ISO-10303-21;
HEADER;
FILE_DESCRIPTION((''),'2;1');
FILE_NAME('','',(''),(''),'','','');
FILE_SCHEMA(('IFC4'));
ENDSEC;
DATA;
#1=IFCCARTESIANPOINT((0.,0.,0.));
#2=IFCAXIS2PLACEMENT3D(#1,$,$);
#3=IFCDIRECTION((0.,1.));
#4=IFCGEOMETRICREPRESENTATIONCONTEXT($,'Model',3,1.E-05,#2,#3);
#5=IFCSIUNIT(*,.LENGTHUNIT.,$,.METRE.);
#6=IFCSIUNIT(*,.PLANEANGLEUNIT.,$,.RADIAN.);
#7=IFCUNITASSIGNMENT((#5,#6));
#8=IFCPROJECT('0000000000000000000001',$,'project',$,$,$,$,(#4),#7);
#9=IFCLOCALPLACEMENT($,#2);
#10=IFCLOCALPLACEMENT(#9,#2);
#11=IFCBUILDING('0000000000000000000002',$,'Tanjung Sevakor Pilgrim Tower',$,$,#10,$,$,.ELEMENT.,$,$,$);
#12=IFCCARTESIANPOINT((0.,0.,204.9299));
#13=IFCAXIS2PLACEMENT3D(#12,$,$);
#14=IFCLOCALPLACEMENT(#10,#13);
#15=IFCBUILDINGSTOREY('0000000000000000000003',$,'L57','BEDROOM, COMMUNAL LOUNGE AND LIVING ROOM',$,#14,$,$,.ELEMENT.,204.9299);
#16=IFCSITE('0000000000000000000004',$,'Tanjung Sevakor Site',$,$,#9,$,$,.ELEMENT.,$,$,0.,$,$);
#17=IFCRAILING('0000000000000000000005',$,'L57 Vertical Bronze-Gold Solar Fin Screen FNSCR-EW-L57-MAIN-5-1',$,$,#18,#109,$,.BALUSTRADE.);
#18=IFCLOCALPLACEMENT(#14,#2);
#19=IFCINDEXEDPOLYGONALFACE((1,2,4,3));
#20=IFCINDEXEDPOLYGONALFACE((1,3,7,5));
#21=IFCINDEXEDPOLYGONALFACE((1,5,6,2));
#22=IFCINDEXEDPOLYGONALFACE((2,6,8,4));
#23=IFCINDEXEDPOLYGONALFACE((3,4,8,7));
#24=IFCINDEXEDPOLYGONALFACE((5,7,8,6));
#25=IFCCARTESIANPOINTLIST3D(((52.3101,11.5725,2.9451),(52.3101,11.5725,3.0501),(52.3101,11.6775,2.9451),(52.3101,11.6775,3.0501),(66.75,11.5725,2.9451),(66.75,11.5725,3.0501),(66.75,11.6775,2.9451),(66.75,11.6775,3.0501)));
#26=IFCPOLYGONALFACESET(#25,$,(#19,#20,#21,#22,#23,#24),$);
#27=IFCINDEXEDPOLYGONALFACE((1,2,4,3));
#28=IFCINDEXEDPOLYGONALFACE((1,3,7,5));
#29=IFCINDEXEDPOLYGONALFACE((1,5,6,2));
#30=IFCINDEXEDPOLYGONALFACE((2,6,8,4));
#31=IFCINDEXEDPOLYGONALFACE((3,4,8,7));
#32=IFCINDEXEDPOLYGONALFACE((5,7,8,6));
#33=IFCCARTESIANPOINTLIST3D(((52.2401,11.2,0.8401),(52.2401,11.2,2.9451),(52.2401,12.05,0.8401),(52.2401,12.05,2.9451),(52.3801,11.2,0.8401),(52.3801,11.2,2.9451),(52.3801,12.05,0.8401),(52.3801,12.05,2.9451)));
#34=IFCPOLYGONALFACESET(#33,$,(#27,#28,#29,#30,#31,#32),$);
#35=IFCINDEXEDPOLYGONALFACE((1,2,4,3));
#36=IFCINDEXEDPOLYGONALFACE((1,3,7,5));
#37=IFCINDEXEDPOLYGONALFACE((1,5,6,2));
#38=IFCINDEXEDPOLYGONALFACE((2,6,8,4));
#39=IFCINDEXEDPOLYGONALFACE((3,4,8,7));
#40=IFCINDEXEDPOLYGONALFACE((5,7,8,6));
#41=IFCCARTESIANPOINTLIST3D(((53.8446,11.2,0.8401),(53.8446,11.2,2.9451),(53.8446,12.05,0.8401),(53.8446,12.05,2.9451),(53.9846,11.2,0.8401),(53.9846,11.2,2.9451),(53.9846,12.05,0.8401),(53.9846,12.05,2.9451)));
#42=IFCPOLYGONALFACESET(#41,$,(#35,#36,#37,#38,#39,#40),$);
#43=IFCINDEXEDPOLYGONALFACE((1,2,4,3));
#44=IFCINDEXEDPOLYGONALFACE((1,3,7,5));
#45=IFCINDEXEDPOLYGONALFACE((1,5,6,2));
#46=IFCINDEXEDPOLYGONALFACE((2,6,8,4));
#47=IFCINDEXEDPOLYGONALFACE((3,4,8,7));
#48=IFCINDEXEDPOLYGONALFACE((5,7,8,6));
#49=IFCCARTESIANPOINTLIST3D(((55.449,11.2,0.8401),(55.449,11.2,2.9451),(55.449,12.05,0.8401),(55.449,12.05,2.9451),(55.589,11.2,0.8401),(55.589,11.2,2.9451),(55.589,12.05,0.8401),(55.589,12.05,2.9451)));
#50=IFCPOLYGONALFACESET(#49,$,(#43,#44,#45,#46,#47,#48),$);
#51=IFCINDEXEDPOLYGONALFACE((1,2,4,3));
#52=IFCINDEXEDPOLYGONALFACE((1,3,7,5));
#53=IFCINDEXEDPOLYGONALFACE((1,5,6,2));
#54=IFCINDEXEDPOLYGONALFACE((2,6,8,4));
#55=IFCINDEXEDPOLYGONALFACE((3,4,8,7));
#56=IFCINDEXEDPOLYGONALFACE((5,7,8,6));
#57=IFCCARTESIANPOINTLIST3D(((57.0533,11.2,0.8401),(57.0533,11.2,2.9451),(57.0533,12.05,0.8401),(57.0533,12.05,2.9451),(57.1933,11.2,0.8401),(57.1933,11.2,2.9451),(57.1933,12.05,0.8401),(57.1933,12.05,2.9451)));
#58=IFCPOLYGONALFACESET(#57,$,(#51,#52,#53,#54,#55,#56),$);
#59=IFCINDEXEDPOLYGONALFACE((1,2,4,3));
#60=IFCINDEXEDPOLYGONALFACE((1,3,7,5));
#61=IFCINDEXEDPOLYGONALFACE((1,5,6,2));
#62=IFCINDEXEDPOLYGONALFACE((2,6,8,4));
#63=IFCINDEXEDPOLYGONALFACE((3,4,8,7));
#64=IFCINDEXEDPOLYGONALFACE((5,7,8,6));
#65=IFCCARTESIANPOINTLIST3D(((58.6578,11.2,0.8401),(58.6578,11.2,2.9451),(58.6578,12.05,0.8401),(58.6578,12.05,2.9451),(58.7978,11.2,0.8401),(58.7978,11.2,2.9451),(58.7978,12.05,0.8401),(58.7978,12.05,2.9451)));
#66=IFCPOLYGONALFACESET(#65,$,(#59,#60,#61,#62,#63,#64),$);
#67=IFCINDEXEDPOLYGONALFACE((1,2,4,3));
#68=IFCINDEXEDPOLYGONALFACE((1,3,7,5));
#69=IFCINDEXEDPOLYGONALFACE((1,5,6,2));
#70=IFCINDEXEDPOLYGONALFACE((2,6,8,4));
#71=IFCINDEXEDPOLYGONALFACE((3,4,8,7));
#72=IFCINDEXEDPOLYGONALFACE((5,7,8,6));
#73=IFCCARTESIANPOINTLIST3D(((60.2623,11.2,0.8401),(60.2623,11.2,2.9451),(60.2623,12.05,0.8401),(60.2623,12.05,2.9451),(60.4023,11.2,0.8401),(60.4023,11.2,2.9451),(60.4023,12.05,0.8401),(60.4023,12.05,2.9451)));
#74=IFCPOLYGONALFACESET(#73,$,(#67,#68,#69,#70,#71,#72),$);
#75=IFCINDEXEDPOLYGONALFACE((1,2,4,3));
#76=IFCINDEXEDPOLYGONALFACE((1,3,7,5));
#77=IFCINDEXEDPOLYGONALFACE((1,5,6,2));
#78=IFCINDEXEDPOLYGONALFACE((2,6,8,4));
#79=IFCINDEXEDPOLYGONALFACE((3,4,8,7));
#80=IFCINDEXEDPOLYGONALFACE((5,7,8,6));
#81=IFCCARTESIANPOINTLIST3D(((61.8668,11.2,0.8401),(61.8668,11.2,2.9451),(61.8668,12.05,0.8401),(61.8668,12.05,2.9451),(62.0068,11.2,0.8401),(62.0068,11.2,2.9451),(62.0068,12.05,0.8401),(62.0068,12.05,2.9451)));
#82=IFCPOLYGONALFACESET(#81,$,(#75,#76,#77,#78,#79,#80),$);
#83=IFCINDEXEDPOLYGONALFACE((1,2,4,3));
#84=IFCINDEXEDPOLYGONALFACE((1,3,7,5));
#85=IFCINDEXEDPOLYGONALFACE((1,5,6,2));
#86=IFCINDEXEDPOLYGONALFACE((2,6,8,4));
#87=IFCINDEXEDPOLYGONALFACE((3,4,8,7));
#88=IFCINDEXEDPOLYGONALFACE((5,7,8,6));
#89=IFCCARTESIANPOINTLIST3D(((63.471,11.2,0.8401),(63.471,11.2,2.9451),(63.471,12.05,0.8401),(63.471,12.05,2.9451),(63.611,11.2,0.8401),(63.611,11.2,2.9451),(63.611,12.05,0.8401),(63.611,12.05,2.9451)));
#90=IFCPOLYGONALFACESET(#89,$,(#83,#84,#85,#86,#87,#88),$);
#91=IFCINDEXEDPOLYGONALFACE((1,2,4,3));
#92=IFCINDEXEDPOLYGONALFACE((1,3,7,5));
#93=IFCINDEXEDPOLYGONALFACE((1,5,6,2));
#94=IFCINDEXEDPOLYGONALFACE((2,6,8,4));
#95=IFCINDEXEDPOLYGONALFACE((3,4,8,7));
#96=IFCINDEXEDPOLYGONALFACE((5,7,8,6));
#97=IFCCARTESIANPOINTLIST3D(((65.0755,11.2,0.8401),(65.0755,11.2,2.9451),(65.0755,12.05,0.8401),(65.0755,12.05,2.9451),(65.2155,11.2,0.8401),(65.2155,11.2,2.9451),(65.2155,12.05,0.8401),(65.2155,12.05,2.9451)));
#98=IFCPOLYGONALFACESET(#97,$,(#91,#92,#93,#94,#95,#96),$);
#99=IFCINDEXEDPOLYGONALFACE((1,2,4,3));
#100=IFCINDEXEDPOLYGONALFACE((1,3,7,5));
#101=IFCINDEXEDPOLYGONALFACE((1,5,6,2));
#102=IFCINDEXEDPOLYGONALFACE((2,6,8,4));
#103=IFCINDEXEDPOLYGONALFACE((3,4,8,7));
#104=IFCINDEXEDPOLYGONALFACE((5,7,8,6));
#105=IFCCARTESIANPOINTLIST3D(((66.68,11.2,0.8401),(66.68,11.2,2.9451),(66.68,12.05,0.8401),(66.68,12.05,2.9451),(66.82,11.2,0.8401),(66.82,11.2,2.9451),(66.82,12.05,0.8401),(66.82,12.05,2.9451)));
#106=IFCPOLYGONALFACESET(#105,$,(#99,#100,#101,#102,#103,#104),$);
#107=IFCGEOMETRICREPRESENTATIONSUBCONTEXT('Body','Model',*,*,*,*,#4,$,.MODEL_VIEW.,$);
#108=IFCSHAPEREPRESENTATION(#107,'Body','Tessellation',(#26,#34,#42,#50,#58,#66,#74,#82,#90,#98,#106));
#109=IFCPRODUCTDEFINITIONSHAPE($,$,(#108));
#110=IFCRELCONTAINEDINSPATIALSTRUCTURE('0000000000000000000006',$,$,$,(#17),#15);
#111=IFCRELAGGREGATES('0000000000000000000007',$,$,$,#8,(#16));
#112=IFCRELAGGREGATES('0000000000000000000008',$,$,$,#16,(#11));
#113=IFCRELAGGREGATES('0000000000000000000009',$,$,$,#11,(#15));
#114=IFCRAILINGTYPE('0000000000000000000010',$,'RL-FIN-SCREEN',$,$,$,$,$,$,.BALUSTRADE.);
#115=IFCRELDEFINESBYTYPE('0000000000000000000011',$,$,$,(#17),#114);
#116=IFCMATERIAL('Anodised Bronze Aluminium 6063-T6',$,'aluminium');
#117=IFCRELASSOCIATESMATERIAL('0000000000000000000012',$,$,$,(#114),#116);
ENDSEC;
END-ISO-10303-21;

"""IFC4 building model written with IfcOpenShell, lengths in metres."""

from ifc_helpers import new_model, si_unit, direction, frame, origin, place, context, subcontext, project, spatial, rectangle, extrude, material, type_object, element, save


model = new_model("IFC4")

# Units and contexts
model_context = context("Model", 3, precision=1e-05, world=origin(), true_north=direction((0.0, 1.0)))
body_context = subcontext(model_context, "Body", "Model", "MODEL_VIEW")
ifc_project = project(units=[si_unit("LENGTHUNIT", "METRE"), si_unit("PLANEANGLEUNIT", "RADIAN")], contexts=[model_context])

# Site, building, storey
site_placement = place(None, origin())
site = spatial("IfcSite", under=ifc_project, at=site_placement, Name="Tanjung Sevakor Site", CompositionType="ELEMENT", RefElevation=0.0)
building_placement = place(site_placement, origin())
building = spatial("IfcBuilding", under=site, at=building_placement, Name="Tanjung Sevakor Pilgrim Tower", CompositionType="ELEMENT")
storey_placement = place(building_placement, frame((0.0, 0.0, 204.9299)))
storey = spatial("IfcBuildingStorey", under=building, at=storey_placement, Name="L57", Description="BEDROOM, COMMUNAL LOUNGE AND LIVING ROOM", CompositionType="ELEMENT", Elevation=204.9299)

# Railing
ifc_material_1 = material(Name="Anodised Bronze Aluminium 6063-T6", Category="aluminium")
railing_type_1 = type_object("IfcRailingType", Name="RL-FIN-SCREEN", PredefinedType="BALUSTRADE", material=ifc_material_1)
railing_1_placement = place(storey_placement, frame((52.3101, 11.625, 0.8401)))
element("IfcRailing", 1, at=railing_1_placement, inside=storey, type_object=railing_type_1, Name="L57 Vertical Bronze-Gold Solar Fin Screen FNSCR-EW-L57-MAIN-5-1", PredefinedType="BALUSTRADE", context=body_context, shape_type="SweptSolid", body=[
    extrude(rectangle(XDim=0.105, YDim=0.105), frame((0.0, 0.0, 2.1575), z_axis=(1.0, 0.0, 0.0), x_axis=(0.0, 1.0, 0.0)), (0.0, 0.0, 1.0), 14.4399),
    extrude(rectangle(XDim=0.14, YDim=0.85), origin(), (0.0, 0.0, 1.0), 2.105),
    extrude(rectangle(XDim=0.14, YDim=0.85), frame((1.6045, 0.0, 0.0)), (0.0, 0.0, 1.0), 2.105),
    extrude(rectangle(XDim=0.14, YDim=0.85), frame((3.209, 0.0, 0.0)), (0.0, 0.0, 1.0), 2.105),
    extrude(rectangle(XDim=0.14, YDim=0.85), frame((4.8132, 0.0, 0.0)), (0.0, 0.0, 1.0), 2.105),
    extrude(rectangle(XDim=0.14, YDim=0.85), frame((6.4177, 0.0, 0.0)), (0.0, 0.0, 1.0), 2.105),
    extrude(rectangle(XDim=0.14, YDim=0.85), frame((8.0222, 0.0, 0.0)), (0.0, 0.0, 1.0), 2.105),
    extrude(rectangle(XDim=0.14, YDim=0.85), frame((9.6267, 0.0, 0.0)), (0.0, 0.0, 1.0), 2.105),
    extrude(rectangle(XDim=0.14, YDim=0.85), frame((11.231, 0.0, 0.0)), (0.0, 0.0, 1.0), 2.105),
    extrude(rectangle(XDim=0.14, YDim=0.85), frame((12.8354, 0.0, 0.0)), (0.0, 0.0, 1.0), 2.105),
    extrude(rectangle(XDim=0.14, YDim=0.85), frame((14.4399, 0.0, 0.0)), (0.0, 0.0, 1.0), 2.105),
])

save(model, "model.ifc")
